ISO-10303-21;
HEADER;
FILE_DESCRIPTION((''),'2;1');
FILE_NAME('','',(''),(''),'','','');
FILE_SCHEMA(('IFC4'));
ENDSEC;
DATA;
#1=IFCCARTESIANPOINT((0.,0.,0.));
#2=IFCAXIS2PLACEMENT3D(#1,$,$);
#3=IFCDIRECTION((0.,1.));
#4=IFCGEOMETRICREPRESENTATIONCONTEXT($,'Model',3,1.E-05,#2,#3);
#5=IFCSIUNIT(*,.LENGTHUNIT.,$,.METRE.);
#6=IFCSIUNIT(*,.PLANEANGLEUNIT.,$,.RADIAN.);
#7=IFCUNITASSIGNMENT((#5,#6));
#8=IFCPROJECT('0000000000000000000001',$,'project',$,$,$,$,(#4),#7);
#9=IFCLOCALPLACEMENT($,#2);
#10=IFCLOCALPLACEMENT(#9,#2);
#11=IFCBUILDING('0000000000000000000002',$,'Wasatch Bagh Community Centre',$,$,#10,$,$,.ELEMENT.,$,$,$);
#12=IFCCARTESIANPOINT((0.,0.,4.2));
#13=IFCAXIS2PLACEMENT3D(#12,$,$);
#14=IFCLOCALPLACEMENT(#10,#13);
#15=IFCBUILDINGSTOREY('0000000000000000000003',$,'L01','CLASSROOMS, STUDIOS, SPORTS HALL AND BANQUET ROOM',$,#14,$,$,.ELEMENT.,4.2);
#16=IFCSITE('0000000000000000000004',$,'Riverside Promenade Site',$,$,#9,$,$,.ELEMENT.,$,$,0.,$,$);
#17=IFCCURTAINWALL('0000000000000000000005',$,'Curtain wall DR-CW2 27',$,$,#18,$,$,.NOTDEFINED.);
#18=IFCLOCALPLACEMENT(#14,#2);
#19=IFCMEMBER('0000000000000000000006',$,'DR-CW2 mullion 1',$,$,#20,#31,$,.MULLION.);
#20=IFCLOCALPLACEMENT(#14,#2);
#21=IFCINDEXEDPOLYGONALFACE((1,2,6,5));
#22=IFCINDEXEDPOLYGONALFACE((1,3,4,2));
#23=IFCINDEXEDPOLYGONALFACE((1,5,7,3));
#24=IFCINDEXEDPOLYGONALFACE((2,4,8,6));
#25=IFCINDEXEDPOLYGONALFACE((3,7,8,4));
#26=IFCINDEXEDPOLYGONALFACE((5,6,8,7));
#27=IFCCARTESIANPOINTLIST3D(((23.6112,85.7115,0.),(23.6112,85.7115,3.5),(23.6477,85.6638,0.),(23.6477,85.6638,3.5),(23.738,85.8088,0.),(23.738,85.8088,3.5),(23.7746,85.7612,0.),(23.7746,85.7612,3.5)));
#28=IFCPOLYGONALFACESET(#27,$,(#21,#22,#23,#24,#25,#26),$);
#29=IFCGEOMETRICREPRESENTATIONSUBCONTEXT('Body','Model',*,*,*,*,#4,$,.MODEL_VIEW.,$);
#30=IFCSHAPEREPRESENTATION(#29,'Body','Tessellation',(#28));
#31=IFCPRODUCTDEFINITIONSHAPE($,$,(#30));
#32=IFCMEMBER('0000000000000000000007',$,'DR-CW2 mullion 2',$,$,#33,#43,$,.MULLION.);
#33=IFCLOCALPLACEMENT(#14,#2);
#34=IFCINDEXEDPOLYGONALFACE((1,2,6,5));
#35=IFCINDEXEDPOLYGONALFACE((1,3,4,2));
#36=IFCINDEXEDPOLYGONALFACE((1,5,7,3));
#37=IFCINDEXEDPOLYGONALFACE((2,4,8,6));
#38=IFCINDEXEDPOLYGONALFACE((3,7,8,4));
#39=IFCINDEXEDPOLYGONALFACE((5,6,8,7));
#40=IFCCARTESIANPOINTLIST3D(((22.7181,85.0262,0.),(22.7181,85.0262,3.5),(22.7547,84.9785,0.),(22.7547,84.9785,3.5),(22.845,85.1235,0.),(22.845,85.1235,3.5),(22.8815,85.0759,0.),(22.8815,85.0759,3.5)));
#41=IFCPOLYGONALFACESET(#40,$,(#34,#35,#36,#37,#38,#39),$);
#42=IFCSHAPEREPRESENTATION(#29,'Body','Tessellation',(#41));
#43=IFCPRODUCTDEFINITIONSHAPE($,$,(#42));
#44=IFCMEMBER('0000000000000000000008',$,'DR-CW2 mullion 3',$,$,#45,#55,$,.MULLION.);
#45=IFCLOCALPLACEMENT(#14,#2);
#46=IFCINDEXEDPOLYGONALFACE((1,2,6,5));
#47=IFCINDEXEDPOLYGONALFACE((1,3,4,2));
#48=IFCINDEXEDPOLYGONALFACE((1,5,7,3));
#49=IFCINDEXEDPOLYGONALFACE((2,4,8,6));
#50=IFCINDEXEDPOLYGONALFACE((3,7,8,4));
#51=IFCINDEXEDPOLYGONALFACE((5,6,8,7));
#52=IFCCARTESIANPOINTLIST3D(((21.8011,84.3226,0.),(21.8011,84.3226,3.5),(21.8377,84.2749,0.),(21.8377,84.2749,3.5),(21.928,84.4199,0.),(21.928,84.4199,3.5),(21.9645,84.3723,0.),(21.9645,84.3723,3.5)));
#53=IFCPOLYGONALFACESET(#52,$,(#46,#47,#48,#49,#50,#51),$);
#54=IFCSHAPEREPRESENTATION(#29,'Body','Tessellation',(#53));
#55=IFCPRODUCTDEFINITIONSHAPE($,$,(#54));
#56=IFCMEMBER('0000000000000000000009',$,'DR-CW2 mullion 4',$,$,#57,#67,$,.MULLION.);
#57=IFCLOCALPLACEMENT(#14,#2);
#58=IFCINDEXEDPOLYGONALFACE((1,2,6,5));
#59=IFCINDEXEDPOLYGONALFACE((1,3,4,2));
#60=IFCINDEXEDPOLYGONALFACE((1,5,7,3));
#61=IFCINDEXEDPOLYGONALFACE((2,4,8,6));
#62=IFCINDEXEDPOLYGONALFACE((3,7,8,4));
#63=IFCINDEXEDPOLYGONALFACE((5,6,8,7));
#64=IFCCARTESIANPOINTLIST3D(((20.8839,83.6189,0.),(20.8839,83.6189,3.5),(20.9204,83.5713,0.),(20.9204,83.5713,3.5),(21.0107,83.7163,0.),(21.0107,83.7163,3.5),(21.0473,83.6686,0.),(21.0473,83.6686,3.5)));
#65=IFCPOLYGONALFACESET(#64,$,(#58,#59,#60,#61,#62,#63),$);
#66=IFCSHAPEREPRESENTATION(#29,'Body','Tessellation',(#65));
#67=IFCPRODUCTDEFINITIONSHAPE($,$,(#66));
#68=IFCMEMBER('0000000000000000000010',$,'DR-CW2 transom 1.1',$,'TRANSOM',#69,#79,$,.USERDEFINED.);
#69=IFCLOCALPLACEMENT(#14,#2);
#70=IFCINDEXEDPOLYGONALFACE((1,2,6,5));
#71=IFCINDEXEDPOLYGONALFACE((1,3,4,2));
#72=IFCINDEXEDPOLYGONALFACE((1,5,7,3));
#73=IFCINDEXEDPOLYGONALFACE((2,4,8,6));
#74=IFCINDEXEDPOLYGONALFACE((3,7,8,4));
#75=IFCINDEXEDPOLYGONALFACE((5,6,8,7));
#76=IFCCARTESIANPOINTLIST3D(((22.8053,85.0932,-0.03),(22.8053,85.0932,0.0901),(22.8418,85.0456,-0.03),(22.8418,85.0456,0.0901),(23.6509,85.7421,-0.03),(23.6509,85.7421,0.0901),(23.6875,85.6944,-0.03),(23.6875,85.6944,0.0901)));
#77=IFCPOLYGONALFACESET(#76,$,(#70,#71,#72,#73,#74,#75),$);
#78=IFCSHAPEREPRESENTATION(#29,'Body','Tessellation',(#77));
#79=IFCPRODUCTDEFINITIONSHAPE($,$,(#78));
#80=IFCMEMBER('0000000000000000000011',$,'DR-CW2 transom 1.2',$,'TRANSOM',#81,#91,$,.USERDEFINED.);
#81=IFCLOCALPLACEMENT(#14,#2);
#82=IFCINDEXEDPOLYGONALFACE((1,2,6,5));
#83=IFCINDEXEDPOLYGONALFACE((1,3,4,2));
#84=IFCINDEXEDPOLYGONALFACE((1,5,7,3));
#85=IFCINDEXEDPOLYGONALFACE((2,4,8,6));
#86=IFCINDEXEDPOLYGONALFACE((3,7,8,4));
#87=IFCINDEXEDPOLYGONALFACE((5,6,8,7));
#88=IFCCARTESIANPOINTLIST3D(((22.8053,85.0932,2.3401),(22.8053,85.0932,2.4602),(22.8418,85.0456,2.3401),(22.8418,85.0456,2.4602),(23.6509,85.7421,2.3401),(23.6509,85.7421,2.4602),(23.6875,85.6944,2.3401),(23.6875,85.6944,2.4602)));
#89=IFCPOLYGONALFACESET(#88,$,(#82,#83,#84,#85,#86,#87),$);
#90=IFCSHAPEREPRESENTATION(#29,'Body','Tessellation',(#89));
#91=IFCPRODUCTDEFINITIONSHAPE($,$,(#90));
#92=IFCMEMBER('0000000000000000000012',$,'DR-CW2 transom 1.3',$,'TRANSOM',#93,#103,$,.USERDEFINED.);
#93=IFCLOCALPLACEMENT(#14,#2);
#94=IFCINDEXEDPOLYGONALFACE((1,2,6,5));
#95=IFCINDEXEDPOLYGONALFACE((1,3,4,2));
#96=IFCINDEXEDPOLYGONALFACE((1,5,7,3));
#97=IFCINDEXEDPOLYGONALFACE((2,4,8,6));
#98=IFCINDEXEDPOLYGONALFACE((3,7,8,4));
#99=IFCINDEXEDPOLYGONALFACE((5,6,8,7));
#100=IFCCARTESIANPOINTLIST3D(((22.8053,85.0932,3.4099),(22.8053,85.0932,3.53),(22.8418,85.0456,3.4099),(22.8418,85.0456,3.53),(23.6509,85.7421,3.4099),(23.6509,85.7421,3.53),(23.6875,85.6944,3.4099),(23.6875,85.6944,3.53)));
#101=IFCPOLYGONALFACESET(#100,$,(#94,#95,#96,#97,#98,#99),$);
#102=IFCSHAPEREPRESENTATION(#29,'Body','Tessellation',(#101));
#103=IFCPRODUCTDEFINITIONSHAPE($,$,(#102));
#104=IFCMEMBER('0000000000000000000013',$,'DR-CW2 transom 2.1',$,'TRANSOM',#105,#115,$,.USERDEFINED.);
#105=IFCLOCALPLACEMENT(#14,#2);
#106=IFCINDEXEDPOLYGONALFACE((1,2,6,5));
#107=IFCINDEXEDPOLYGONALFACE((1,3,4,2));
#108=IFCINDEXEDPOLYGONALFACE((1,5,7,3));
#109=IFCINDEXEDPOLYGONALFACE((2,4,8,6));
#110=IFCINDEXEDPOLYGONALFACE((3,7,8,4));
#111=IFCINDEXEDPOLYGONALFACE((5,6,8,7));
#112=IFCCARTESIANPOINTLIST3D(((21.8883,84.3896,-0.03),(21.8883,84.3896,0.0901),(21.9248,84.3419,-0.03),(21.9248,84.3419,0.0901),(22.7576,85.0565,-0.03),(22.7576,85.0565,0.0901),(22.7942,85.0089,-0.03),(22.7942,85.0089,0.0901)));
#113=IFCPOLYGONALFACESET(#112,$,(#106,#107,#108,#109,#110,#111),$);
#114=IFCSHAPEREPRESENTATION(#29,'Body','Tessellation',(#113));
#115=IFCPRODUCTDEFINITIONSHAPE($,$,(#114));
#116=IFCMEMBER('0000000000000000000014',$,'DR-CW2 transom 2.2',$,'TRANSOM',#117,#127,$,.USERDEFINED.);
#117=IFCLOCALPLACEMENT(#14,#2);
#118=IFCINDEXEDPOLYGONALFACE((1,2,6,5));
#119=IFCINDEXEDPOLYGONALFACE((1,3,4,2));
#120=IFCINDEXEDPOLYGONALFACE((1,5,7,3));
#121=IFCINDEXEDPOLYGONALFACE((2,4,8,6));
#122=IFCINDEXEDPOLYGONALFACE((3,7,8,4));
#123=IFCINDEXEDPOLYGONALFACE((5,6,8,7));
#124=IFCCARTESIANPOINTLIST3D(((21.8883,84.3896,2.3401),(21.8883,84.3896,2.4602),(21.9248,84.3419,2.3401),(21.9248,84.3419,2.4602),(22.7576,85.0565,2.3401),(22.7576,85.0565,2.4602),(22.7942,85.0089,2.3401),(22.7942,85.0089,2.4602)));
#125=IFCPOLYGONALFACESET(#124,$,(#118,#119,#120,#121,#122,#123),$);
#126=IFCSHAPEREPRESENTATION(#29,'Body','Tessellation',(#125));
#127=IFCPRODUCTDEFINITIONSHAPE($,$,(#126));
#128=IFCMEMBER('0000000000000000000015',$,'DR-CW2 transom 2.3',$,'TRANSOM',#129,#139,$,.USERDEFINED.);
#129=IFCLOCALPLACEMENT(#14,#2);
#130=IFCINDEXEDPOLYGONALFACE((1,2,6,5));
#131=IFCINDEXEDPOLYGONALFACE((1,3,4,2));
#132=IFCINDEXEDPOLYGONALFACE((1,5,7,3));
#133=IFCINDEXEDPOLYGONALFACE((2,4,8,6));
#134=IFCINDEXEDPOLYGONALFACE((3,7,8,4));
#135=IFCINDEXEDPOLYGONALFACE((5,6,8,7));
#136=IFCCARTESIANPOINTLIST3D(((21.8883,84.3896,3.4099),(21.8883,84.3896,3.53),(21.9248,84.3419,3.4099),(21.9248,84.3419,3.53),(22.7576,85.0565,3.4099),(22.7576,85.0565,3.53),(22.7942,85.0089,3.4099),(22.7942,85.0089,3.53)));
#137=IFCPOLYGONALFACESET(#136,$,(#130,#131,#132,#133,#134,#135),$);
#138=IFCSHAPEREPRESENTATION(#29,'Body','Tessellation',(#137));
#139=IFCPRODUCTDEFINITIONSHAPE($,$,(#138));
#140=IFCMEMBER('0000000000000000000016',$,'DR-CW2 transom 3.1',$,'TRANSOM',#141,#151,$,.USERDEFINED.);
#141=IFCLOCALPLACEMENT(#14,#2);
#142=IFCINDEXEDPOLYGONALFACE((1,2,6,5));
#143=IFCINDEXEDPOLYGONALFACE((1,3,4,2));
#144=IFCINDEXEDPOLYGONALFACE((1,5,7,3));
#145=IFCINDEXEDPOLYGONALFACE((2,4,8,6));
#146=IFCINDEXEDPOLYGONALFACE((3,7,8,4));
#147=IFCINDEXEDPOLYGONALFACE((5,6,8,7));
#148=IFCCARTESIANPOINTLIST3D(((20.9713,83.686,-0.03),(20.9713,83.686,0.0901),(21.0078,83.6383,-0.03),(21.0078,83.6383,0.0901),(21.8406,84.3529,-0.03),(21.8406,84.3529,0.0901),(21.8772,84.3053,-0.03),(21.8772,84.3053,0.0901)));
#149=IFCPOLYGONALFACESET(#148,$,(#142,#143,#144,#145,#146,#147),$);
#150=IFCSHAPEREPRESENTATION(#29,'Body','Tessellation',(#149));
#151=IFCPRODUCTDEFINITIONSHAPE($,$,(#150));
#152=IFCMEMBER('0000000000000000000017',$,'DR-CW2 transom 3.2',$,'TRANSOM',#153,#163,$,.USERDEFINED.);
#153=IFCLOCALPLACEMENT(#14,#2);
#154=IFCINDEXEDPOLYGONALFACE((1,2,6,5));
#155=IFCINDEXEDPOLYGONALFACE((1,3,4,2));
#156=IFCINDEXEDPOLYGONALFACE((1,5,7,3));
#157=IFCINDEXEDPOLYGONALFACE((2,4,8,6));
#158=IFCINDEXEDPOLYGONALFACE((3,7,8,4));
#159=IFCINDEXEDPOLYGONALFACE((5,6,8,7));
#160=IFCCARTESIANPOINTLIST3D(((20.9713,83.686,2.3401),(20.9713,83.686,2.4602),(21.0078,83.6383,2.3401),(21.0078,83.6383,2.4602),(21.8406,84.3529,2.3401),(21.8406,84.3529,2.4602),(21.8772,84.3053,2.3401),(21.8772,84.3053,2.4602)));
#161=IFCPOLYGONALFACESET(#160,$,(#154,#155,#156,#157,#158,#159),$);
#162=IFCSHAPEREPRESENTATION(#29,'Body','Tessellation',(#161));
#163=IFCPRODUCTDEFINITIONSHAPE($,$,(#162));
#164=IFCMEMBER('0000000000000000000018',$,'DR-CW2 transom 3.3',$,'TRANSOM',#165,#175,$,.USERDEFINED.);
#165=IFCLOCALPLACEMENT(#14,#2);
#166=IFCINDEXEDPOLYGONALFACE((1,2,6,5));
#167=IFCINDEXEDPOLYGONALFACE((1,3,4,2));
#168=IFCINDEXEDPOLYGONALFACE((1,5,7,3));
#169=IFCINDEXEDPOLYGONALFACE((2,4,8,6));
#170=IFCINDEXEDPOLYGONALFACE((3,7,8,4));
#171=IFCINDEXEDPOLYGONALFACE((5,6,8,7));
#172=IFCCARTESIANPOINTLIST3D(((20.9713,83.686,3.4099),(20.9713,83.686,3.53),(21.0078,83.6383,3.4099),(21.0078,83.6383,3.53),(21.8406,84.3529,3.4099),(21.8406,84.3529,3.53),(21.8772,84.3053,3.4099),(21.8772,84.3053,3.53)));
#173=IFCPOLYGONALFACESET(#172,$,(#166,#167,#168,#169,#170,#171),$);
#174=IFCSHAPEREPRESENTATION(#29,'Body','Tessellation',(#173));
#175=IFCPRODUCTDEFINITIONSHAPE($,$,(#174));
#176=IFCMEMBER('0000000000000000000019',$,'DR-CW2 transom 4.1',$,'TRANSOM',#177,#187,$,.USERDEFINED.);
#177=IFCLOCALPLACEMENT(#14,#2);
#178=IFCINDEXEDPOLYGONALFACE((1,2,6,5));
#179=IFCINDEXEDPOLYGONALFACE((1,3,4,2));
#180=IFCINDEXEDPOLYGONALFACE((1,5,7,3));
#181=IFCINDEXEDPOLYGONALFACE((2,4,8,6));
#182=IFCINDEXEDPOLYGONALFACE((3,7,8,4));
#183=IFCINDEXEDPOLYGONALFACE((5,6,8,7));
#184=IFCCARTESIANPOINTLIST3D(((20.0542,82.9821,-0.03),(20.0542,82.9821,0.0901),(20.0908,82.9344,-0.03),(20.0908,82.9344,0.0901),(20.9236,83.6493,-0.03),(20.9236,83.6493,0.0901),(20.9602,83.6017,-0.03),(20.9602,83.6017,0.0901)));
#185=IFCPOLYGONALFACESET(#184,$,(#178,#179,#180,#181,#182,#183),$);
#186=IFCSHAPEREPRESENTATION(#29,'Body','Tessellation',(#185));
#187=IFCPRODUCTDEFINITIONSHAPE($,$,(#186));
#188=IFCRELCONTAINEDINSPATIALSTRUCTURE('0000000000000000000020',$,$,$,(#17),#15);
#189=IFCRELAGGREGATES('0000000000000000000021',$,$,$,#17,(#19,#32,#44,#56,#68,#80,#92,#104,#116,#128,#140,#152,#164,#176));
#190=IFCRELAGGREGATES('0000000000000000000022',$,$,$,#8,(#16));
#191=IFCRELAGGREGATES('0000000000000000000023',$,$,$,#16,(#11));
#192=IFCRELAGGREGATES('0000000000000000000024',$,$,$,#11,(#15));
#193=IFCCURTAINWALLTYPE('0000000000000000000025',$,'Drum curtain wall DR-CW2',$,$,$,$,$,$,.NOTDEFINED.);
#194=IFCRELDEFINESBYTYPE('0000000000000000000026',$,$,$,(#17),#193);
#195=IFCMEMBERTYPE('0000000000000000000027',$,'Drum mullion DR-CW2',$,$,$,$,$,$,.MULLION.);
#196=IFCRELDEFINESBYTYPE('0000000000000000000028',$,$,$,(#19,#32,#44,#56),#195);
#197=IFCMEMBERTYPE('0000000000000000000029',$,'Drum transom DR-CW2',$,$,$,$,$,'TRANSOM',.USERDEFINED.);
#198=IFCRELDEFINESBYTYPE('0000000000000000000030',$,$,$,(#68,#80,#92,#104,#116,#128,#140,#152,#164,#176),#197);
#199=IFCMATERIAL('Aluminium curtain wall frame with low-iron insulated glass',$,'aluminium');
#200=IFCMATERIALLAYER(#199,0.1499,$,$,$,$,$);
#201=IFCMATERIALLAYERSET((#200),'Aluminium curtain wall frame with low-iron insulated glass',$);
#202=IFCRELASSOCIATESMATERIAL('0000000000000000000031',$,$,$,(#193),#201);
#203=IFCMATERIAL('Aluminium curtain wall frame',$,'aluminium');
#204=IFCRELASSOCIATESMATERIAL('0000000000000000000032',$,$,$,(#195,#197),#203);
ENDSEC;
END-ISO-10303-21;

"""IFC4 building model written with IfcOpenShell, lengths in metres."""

from ifc_helpers import new_model, si_unit, direction, frame, origin, origin_2d, place, context, subcontext, project, spatial, rectangle, extrude, material, layer, layer_set, material_profile, profile_set, type_object, element, aggregate, save


model = new_model("IFC4")

# Units and contexts
model_context = context("Model", 3, precision=1e-05, world=origin(), true_north=direction((0.0, 1.0)))
body_context = subcontext(model_context, "Body", "Model", "MODEL_VIEW")
ifc_project = project(units=[si_unit("LENGTHUNIT", "METRE"), si_unit("PLANEANGLEUNIT", "RADIAN")], contexts=[model_context])

# Site, building, storey
site_placement = place(None, origin())
site = spatial("IfcSite", under=ifc_project, at=site_placement, Name="Riverside Promenade Site", CompositionType="ELEMENT", RefElevation=0.0)
building_placement = place(site_placement, origin())
building = spatial("IfcBuilding", under=site, at=building_placement, Name="Wasatch Bagh Community Centre", CompositionType="ELEMENT")
storey_placement = place(building_placement, frame((0.0, 0.0, 4.2)))
storey = spatial("IfcBuildingStorey", under=building, at=storey_placement, Name="L01", Description="CLASSROOMS, STUDIOS, SPORTS HALL AND BANQUET ROOM", CompositionType="ELEMENT", Elevation=4.2)

# Curtain wall, members
ifc_material_1 = material(Name="Aluminium curtain wall frame with low-iron insulated glass", Category="aluminium")
ifc_layer_1 = layer(ifc_material_1, 0.1499)
ifc_layer_set_1 = layer_set([ifc_layer_1], Name="Aluminium curtain wall frame with low-iron insulated glass")
curtain_wall_type = type_object("IfcCurtainWallType", Name="Drum curtain wall DR-CW2", PredefinedType="NOTDEFINED", material=ifc_layer_set_1)
curtain_wall_placement = place(storey_placement, origin())
curtain_wall = element("IfcCurtainWall", 1, at=curtain_wall_placement, inside=storey, type_object=curtain_wall_type, Name="Curtain wall DR-CW2 27", PredefinedType="NOTDEFINED")
ifc_material_2 = material(Name="Aluminium curtain wall frame", Category="aluminium")
ifc_material_profile_1 = material_profile(ifc_material_2, rectangle(XDim=0.0601, YDim=0.1599, at=origin_2d()), Name="Drum mullion DR-CW2")
ifc_profile_set_1 = profile_set([ifc_material_profile_1], Name="Aluminium curtain wall frame")
member_type_1 = type_object("IfcMemberType", Name="Drum mullion DR-CW2", PredefinedType="MULLION", material=ifc_profile_set_1)
member_1_placement = place(storey_placement, frame((23.6929, 85.7363, 0.0), z_axis=(0.0, 0.0, 1.0), x_axis=(0.608761, -0.793353, 0.0)))
member_1 = element("IfcMember", 2, at=member_1_placement, type_object=member_type_1, Name="DR-CW2 mullion 1", PredefinedType="MULLION", context=body_context, shape_type="SweptSolid", body=[
    extrude(rectangle(XDim=0.0601, YDim=0.1599, at=origin_2d()), origin(), (0.0, 0.0, 1.0), 3.5),
])
member_2_placement = place(storey_placement, frame((22.7998, 85.051, 0.0), z_axis=(0.0, 0.0, 1.0), x_axis=(0.608761, -0.793353, 0.0)))
member_2 = element("IfcMember", 3, at=member_2_placement, type_object=member_type_1, Name="DR-CW2 mullion 2", PredefinedType="MULLION", context=body_context, shape_type="SweptSolid", body=[
    extrude(rectangle(XDim=0.0601, YDim=0.1599, at=origin_2d()), origin(), (0.0, 0.0, 1.0), 3.5),
])
member_3_placement = place(storey_placement, frame((21.8828, 84.3474, 0.0), z_axis=(0.0, 0.0, 1.0), x_axis=(0.608761, -0.793353, 0.0)))
member_3 = element("IfcMember", 4, at=member_3_placement, type_object=member_type_1, Name="DR-CW2 mullion 3", PredefinedType="MULLION", context=body_context, shape_type="SweptSolid", body=[
    extrude(rectangle(XDim=0.0601, YDim=0.1599, at=origin_2d()), origin(), (0.0, 0.0, 1.0), 3.5),
])
member_4_placement = place(storey_placement, frame((20.9656, 83.6438, 0.0), z_axis=(0.0, 0.0, 1.0), x_axis=(0.608761, -0.793353, 0.0)))
member_4 = element("IfcMember", 5, at=member_4_placement, type_object=member_type_1, Name="DR-CW2 mullion 4", PredefinedType="MULLION", context=body_context, shape_type="SweptSolid", body=[
    extrude(rectangle(XDim=0.0601, YDim=0.1599, at=origin_2d()), origin(), (0.0, 0.0, 1.0), 3.5),
])
ifc_material_profile_2 = material_profile(ifc_material_2, rectangle(XDim=0.0601, YDim=0.1201, at=origin_2d()), Name="Drum transom DR-CW2")
ifc_profile_set_2 = profile_set([ifc_material_profile_2], Name="Aluminium curtain wall frame")
member_type_2 = type_object("IfcMemberType", Name="Drum transom DR-CW2", ElementType="TRANSOM", PredefinedType="USERDEFINED", material=ifc_profile_set_2)
member_5_placement = place(storey_placement, frame((23.6692, 85.7183, 0.03), z_axis=(-0.793356, -0.608758, 0.0), x_axis=(0.608758, -0.793356, 0.0)))
member_5 = element("IfcMember", 6, at=member_5_placement, type_object=member_type_2, Name="DR-CW2 transom 1.1", ObjectType="TRANSOM", PredefinedType="USERDEFINED", context=body_context, shape_type="SweptSolid", body=[
    extrude(rectangle(XDim=0.0601, YDim=0.1201, at=origin_2d()), origin(), (0.0, 0.0, 1.0), 1.0659),
])
member_6_placement = place(storey_placement, frame((23.6692, 85.7183, 2.4001), z_axis=(-0.793356, -0.608758, 0.0), x_axis=(0.608758, -0.793356, 0.0)))
member_6 = element("IfcMember", 7, at=member_6_placement, type_object=member_type_2, Name="DR-CW2 transom 1.2", ObjectType="TRANSOM", PredefinedType="USERDEFINED", context=body_context, shape_type="SweptSolid", body=[
    extrude(rectangle(XDim=0.0601, YDim=0.1201, at=origin_2d()), origin(), (0.0, 0.0, 1.0), 1.0659),
])
member_7_placement = place(storey_placement, frame((23.6692, 85.7183, 3.47), z_axis=(-0.793356, -0.608758, 0.0), x_axis=(0.608758, -0.793356, 0.0)))
member_7 = element("IfcMember", 8, at=member_7_placement, type_object=member_type_2, Name="DR-CW2 transom 1.3", ObjectType="TRANSOM", PredefinedType="USERDEFINED", context=body_context, shape_type="SweptSolid", body=[
    extrude(rectangle(XDim=0.0601, YDim=0.1201, at=origin_2d()), origin(), (0.0, 0.0, 1.0), 1.0659),
])
member_8_placement = place(storey_placement, frame((22.7759, 85.0327, 0.03), z_axis=(-0.793402, -0.608698, 0.0), x_axis=(0.608698, -0.793402, 0.0)))
member_8 = element("IfcMember", 9, at=member_8_placement, type_object=member_type_2, Name="DR-CW2 transom 2.1", ObjectType="TRANSOM", PredefinedType="USERDEFINED", context=body_context, shape_type="SweptSolid", body=[
    extrude(rectangle(XDim=0.0601, YDim=0.1201, at=origin_2d()), origin(), (0.0, 0.0, 1.0), 1.0957),
])
member_9_placement = place(storey_placement, frame((22.7759, 85.0327, 2.4001), z_axis=(-0.793402, -0.608698, 0.0), x_axis=(0.608698, -0.793402, 0.0)))
member_9 = element("IfcMember", 10, at=member_9_placement, type_object=member_type_2, Name="DR-CW2 transom 2.2", ObjectType="TRANSOM", PredefinedType="USERDEFINED", context=body_context, shape_type="SweptSolid", body=[
    extrude(rectangle(XDim=0.0601, YDim=0.1201, at=origin_2d()), origin(), (0.0, 0.0, 1.0), 1.0957),
])
member_10_placement = place(storey_placement, frame((22.7759, 85.0327, 3.47), z_axis=(-0.793402, -0.608698, 0.0), x_axis=(0.608698, -0.793402, 0.0)))
member_10 = element("IfcMember", 11, at=member_10_placement, type_object=member_type_2, Name="DR-CW2 transom 2.3", ObjectType="TRANSOM", PredefinedType="USERDEFINED", context=body_context, shape_type="SweptSolid", body=[
    extrude(rectangle(XDim=0.0601, YDim=0.1201, at=origin_2d()), origin(), (0.0, 0.0, 1.0), 1.0957),
])
member_11_placement = place(storey_placement, frame((21.8589, 84.3291, 0.03), z_axis=(-0.793402, -0.608698, 0.0), x_axis=(0.608698, -0.793402, 0.0)))
member_11 = element("IfcMember", 12, at=member_11_placement, type_object=member_type_2, Name="DR-CW2 transom 3.1", ObjectType="TRANSOM", PredefinedType="USERDEFINED", context=body_context, shape_type="SweptSolid", body=[
    extrude(rectangle(XDim=0.0601, YDim=0.1201, at=origin_2d()), origin(), (0.0, 0.0, 1.0), 1.0957),
])
member_12_placement = place(storey_placement, frame((21.8589, 84.3291, 2.4001), z_axis=(-0.793402, -0.608698, 0.0), x_axis=(0.608698, -0.793402, 0.0)))
member_12 = element("IfcMember", 13, at=member_12_placement, type_object=member_type_2, Name="DR-CW2 transom 3.2", ObjectType="TRANSOM", PredefinedType="USERDEFINED", context=body_context, shape_type="SweptSolid", body=[
    extrude(rectangle(XDim=0.0601, YDim=0.1201, at=origin_2d()), origin(), (0.0, 0.0, 1.0), 1.0957),
])
member_13_placement = place(storey_placement, frame((21.8589, 84.3291, 3.47), z_axis=(-0.793402, -0.608698, 0.0), x_axis=(0.608698, -0.793402, 0.0)))
member_13 = element("IfcMember", 14, at=member_13_placement, type_object=member_type_2, Name="DR-CW2 transom 3.3", ObjectType="TRANSOM", PredefinedType="USERDEFINED", context=body_context, shape_type="SweptSolid", body=[
    extrude(rectangle(XDim=0.0601, YDim=0.1201, at=origin_2d()), origin(), (0.0, 0.0, 1.0), 1.0957),
])
member_14_placement = place(storey_placement, frame((20.9419, 83.6255, 0.03), z_axis=(-0.793294, -0.608838, 0.0), x_axis=(0.608838, -0.793294, 0.0)))
member_14 = element("IfcMember", 15, at=member_14_placement, type_object=member_type_2, Name="DR-CW2 transom 4.1", ObjectType="TRANSOM", PredefinedType="USERDEFINED", context=body_context, shape_type="SweptSolid", body=[
    extrude(rectangle(XDim=0.0601, YDim=0.1201, at=origin_2d()), origin(), (0.0, 0.0, 1.0), 1.0959),
])
aggregate(curtain_wall, [member_1, member_2, member_3, member_4, member_5, member_6, member_7, member_8, member_9, member_10, member_11, member_12, member_13, member_14])

save(model, "model.ifc")
